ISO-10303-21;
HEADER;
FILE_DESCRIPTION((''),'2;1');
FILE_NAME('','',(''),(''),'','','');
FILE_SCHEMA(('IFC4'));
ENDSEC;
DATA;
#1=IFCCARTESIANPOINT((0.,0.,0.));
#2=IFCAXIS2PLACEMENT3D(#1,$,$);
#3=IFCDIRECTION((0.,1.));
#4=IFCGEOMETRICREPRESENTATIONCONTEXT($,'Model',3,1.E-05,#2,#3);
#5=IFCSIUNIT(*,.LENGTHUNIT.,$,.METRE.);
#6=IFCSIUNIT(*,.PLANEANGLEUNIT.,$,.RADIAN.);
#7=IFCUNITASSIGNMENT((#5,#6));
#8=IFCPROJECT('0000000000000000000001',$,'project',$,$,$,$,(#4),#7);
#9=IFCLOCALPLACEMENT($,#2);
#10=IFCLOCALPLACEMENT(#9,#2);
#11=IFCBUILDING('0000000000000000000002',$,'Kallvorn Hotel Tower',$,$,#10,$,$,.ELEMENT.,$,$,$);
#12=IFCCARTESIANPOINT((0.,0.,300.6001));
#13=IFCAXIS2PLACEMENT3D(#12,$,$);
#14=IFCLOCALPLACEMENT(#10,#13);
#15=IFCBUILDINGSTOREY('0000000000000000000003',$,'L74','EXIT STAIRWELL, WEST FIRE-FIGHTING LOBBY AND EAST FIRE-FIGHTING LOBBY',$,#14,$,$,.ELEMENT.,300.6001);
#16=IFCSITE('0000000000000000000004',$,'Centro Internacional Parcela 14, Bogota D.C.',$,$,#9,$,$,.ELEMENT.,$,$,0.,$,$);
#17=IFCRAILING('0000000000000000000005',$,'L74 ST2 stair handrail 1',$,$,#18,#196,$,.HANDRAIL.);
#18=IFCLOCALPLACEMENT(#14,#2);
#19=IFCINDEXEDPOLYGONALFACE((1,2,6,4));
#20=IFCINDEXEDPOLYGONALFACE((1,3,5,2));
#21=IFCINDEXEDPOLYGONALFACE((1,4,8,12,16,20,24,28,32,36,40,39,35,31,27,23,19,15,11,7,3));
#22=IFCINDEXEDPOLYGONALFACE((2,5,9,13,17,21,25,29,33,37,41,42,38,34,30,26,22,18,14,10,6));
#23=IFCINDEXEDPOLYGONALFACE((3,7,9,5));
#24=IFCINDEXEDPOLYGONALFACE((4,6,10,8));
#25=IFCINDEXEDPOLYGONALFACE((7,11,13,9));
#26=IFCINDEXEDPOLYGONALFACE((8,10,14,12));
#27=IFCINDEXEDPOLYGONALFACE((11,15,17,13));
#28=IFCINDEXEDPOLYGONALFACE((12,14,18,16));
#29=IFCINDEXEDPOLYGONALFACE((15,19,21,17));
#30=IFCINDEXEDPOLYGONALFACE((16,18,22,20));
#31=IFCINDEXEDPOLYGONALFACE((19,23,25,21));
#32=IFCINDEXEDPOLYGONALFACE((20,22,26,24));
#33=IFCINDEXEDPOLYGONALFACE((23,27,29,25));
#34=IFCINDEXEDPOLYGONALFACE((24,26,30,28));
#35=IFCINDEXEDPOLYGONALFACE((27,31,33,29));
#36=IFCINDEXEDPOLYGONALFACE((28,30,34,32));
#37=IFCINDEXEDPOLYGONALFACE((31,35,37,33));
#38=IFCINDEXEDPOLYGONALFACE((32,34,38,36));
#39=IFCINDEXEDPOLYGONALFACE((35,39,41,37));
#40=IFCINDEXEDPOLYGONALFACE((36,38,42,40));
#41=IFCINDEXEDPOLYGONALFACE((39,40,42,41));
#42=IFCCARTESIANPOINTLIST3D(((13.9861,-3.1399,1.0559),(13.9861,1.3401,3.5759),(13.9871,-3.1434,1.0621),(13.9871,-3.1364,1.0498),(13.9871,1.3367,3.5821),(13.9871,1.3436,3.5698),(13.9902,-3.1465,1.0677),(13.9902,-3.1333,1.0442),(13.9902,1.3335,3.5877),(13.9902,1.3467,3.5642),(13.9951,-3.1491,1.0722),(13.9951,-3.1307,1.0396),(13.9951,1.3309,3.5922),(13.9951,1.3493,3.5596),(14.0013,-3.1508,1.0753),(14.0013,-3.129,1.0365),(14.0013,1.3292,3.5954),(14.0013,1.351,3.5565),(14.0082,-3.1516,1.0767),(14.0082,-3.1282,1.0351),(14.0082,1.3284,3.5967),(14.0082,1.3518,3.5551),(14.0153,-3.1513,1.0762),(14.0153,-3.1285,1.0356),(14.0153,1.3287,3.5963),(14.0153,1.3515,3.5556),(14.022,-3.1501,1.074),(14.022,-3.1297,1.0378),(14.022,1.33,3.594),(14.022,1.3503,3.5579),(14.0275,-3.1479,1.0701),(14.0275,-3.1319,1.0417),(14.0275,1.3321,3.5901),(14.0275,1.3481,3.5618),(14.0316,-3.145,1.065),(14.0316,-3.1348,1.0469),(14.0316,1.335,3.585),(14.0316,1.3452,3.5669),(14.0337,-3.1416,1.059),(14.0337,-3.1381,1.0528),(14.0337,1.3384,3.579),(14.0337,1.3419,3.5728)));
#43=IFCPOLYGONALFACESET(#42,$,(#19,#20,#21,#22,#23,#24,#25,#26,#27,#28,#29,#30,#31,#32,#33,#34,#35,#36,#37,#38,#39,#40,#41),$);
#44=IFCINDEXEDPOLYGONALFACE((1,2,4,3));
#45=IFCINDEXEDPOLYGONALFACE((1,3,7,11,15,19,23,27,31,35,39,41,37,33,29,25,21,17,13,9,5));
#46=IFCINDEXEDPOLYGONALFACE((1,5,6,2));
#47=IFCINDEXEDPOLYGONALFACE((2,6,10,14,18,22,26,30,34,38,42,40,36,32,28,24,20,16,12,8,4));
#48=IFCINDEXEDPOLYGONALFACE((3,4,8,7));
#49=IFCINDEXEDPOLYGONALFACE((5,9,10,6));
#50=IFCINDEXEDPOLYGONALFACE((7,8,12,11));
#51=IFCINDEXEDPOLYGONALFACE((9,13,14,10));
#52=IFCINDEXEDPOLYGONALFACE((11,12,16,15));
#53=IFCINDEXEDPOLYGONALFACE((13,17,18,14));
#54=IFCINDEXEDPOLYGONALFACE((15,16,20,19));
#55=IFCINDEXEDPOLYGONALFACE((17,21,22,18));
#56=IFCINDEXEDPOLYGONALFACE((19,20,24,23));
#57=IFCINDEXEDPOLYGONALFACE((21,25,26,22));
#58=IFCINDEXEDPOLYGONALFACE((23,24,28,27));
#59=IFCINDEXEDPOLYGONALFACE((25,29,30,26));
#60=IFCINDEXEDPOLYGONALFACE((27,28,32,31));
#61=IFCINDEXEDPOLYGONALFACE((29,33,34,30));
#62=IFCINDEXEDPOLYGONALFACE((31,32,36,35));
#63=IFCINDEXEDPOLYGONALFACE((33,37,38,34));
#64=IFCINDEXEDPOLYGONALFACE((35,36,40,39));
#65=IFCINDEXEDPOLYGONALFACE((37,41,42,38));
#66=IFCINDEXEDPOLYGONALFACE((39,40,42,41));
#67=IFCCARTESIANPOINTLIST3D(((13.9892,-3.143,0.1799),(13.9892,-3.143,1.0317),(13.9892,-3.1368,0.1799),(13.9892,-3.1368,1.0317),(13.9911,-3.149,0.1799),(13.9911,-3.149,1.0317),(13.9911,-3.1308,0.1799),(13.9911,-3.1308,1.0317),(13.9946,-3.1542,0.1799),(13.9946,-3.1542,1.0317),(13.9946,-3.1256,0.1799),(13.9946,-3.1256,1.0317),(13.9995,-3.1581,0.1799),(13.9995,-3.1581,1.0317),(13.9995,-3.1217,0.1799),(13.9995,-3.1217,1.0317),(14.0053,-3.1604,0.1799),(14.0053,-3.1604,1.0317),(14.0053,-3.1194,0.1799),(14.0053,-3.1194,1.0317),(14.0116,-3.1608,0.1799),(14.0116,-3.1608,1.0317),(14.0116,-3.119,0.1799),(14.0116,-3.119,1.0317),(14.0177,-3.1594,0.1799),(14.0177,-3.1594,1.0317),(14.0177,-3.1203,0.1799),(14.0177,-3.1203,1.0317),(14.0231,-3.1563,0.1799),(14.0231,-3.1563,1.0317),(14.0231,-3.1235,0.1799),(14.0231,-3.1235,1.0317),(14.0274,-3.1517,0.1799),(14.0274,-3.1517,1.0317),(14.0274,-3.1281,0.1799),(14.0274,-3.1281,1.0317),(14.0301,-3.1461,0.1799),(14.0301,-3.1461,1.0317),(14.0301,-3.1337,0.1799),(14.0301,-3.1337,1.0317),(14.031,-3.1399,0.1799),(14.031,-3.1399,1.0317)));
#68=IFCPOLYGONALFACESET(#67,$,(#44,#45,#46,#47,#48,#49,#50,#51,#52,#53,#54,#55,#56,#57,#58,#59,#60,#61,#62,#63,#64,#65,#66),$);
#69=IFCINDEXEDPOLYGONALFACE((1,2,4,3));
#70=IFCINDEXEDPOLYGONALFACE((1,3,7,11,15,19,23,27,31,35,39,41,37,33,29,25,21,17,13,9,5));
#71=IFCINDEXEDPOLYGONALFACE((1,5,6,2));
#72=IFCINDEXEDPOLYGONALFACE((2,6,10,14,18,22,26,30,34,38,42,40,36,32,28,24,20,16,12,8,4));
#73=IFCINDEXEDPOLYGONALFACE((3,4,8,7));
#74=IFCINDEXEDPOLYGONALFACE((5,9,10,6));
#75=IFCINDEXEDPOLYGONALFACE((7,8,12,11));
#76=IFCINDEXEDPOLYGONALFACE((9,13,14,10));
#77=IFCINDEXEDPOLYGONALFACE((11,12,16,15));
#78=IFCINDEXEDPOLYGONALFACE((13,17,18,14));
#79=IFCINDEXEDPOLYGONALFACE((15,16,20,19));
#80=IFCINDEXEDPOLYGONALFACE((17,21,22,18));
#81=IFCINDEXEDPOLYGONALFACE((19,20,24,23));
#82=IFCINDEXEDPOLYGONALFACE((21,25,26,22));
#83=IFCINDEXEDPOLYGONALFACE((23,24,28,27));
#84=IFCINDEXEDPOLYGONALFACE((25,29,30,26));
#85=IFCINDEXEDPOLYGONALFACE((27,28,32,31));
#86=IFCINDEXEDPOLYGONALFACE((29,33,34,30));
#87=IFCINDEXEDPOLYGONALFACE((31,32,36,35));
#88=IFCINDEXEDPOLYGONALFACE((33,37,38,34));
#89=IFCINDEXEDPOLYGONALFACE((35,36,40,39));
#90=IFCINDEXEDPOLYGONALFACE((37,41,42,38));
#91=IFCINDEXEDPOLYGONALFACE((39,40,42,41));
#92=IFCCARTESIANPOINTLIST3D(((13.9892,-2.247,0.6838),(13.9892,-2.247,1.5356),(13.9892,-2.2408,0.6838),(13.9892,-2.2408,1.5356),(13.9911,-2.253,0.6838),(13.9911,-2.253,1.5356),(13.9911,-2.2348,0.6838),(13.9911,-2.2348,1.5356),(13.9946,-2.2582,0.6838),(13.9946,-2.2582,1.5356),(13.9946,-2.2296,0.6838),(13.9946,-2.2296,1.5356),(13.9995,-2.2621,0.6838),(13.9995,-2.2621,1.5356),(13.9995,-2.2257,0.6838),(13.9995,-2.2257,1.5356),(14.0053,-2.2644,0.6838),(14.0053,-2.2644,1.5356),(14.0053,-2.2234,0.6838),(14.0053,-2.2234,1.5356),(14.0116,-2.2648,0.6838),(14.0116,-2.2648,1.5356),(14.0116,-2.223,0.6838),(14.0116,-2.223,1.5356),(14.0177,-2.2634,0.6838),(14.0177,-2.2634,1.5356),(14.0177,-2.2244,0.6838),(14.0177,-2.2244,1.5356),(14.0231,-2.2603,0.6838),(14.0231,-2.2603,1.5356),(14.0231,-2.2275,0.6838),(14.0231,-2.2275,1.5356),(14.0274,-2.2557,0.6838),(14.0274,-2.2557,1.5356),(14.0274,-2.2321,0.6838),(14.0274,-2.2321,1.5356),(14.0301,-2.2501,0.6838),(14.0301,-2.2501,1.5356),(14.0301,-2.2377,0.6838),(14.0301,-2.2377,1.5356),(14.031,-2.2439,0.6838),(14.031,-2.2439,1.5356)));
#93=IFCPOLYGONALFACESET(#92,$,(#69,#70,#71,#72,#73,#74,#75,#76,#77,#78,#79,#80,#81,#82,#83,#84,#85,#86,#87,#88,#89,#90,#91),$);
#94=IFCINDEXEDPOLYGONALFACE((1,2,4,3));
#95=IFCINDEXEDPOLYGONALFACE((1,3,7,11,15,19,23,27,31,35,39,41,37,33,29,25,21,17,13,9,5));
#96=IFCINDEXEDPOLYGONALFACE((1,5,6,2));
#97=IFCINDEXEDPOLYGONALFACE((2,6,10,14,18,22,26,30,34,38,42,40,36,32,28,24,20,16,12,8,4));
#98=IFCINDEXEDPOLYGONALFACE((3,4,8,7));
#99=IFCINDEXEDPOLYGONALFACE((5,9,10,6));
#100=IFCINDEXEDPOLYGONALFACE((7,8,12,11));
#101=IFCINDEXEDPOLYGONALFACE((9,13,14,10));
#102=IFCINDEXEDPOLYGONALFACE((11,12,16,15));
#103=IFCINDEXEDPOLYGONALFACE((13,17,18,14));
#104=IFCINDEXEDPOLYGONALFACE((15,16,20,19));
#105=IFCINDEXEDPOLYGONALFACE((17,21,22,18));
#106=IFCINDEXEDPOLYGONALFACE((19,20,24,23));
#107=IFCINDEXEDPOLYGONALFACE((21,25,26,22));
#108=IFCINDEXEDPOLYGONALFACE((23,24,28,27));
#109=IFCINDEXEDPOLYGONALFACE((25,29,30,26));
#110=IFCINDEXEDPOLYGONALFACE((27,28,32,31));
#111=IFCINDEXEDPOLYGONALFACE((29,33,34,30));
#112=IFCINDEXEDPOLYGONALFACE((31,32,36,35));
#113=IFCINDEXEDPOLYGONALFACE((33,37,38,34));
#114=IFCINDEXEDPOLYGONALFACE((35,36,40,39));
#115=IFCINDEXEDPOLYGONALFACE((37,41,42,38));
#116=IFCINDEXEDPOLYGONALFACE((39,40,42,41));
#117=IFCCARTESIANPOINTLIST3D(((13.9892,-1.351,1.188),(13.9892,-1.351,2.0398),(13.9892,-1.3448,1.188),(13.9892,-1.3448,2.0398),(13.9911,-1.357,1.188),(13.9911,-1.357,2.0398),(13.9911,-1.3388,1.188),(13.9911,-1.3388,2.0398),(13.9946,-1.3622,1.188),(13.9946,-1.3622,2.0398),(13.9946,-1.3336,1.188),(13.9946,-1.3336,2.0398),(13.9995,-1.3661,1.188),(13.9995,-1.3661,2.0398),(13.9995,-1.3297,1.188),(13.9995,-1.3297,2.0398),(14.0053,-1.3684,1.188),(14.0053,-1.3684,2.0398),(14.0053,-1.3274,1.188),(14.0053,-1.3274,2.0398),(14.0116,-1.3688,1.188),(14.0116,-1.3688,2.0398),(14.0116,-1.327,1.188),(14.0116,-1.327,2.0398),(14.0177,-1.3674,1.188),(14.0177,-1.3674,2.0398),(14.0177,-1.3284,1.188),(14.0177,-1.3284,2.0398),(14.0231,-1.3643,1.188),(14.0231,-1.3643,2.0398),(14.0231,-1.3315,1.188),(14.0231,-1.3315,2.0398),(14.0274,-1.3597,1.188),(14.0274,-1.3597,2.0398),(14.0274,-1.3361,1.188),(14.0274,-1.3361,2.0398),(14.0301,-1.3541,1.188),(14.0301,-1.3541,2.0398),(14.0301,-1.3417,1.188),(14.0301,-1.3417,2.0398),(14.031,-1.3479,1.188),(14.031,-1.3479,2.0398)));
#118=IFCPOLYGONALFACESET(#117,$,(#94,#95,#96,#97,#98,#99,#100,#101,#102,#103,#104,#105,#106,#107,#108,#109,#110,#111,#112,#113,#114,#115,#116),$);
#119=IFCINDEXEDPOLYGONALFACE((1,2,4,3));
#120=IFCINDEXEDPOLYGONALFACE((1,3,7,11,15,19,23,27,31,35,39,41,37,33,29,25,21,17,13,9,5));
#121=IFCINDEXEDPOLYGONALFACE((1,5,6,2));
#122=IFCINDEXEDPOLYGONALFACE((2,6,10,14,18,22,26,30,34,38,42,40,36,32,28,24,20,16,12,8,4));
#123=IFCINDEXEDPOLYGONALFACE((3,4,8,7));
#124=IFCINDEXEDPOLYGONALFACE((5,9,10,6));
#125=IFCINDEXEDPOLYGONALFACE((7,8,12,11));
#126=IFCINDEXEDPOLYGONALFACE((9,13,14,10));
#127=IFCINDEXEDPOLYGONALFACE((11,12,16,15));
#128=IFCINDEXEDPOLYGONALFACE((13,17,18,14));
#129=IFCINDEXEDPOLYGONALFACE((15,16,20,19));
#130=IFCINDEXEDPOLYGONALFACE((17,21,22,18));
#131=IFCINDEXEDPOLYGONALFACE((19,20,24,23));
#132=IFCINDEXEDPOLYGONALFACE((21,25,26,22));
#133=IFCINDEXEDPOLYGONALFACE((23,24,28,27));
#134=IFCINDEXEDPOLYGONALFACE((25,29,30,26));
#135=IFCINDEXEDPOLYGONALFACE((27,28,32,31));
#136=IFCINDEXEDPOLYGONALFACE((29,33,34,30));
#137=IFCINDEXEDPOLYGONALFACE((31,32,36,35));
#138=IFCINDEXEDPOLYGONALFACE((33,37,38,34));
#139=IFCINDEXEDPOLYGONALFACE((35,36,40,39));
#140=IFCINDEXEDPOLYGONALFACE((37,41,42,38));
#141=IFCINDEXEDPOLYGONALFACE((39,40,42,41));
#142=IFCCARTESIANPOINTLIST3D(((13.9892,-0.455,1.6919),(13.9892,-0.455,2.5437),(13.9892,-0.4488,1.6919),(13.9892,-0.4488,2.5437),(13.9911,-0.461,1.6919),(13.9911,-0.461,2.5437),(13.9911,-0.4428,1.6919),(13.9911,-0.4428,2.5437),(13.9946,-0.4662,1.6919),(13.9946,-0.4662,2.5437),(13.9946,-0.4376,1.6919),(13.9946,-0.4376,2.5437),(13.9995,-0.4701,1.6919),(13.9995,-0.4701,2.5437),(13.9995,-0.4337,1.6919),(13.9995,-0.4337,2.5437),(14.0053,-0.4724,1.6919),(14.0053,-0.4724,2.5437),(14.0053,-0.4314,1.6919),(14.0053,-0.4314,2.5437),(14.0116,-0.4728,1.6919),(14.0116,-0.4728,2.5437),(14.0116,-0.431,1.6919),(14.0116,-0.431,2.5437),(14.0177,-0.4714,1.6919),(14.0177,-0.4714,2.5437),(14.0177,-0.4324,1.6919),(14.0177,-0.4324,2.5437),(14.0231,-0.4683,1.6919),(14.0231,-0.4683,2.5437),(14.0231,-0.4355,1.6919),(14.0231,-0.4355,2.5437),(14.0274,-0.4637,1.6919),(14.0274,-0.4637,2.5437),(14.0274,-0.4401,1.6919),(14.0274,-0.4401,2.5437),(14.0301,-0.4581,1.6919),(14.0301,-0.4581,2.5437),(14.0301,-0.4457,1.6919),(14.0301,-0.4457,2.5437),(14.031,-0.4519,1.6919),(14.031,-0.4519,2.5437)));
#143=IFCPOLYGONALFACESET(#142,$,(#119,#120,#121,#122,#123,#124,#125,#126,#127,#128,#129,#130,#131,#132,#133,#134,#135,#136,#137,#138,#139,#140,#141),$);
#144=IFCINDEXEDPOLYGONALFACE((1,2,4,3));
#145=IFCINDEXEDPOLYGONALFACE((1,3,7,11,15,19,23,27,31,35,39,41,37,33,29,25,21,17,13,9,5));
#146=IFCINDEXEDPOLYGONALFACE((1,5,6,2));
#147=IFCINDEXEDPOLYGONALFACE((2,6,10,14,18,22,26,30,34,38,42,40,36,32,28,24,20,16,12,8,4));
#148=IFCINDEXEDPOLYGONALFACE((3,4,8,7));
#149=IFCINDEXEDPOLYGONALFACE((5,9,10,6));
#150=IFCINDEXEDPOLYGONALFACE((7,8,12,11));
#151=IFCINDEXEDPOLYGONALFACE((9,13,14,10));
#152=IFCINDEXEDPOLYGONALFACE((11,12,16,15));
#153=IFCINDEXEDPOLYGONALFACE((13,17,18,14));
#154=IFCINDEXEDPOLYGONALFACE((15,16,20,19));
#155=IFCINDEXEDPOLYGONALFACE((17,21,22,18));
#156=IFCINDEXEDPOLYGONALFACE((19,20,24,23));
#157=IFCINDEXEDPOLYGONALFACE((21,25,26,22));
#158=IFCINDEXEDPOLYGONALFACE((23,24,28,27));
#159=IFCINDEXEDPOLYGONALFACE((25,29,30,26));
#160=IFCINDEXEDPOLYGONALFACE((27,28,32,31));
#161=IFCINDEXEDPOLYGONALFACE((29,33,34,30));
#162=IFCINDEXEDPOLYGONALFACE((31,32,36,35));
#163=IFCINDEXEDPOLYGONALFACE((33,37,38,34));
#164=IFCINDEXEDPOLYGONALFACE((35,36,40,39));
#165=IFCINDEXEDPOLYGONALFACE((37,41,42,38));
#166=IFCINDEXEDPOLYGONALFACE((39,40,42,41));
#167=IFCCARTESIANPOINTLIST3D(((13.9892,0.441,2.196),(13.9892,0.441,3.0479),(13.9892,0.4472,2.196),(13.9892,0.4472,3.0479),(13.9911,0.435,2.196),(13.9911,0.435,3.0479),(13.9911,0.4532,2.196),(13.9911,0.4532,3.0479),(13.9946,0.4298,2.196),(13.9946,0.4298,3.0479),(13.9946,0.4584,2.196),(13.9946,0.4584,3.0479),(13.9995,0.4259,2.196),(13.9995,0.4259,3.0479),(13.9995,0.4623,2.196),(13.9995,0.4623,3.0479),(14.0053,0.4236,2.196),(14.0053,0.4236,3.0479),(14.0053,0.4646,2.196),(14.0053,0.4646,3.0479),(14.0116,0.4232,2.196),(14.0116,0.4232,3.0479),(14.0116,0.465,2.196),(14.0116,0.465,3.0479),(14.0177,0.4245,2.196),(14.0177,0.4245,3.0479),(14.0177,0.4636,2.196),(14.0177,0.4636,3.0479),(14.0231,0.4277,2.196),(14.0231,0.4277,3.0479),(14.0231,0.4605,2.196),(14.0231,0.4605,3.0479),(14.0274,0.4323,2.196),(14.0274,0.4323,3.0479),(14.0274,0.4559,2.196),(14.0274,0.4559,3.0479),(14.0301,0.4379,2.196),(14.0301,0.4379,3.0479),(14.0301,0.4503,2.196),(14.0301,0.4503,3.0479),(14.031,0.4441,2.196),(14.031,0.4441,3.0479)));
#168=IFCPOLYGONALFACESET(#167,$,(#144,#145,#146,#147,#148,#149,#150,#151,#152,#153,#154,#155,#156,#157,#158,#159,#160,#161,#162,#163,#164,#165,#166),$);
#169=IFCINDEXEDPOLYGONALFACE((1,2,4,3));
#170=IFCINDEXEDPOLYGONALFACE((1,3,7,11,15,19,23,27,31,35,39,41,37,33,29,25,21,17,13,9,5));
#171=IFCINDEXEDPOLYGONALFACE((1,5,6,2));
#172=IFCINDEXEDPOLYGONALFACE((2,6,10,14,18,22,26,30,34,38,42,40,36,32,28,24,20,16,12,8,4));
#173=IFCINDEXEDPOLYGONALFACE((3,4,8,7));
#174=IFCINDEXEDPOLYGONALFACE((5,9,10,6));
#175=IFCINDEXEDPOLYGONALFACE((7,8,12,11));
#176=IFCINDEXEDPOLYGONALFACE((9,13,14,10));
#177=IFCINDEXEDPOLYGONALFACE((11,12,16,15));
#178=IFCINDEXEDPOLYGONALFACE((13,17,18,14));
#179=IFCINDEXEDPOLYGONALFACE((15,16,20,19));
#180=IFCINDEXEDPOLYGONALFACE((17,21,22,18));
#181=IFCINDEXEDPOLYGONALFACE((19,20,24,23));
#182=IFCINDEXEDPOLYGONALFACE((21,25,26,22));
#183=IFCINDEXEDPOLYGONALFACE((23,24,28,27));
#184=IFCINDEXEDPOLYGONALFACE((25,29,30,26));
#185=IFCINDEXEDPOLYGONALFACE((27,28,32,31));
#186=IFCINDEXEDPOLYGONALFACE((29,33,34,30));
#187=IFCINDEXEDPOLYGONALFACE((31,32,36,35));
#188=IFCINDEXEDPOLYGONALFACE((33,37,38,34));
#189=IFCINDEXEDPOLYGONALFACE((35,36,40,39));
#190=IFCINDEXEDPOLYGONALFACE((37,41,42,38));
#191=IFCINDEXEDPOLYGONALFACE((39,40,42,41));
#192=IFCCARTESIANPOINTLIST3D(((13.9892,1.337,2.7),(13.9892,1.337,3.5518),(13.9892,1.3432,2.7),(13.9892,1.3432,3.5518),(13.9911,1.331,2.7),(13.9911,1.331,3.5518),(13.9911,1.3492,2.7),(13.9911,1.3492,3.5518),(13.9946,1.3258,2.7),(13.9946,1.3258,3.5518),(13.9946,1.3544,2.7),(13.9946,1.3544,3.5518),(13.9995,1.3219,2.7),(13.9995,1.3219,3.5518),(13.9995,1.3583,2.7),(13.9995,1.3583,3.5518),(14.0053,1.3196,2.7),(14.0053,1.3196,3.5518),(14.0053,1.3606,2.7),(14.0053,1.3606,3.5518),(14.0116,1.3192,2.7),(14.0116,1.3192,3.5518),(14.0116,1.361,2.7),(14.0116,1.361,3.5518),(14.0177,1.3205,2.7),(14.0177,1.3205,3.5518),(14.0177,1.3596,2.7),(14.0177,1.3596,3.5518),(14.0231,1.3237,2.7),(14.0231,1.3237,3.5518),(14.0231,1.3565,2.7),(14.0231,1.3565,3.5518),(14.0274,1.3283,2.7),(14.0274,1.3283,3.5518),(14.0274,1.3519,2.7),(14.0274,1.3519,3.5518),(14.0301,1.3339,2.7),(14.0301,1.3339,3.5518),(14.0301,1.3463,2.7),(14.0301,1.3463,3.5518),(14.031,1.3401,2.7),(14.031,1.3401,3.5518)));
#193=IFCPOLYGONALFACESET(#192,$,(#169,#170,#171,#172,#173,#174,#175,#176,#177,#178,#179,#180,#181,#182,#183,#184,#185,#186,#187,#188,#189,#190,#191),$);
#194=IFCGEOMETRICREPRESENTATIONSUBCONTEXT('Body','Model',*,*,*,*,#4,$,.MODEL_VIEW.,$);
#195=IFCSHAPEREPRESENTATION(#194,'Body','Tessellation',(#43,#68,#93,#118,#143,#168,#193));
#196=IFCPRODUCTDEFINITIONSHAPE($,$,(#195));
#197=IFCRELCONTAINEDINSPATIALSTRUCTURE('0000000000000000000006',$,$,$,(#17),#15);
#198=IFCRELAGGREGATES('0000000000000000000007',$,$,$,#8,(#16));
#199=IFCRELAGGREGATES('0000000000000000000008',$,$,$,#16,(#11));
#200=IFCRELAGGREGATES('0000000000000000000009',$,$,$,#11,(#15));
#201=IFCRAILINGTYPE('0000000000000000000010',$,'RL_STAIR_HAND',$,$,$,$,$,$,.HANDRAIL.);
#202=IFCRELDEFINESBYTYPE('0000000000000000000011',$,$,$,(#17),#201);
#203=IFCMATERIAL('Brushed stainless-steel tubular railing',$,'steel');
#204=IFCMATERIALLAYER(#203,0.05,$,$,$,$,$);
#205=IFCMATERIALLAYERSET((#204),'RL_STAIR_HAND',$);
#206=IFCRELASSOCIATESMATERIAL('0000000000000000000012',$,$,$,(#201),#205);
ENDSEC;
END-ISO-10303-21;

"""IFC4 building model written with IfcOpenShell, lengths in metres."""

from ifc_helpers import new_model, si_unit, direction, frame, origin, origin_2d, place, context, subcontext, project, spatial, circle, extrude, material, layer, layer_set, type_object, element, save


model = new_model("IFC4")

# Units and contexts
model_context = context("Model", 3, precision=1e-05, world=origin(), true_north=direction((0.0, 1.0)))
body_context = subcontext(model_context, "Body", "Model", "MODEL_VIEW")
ifc_project = project(units=[si_unit("LENGTHUNIT", "METRE"), si_unit("PLANEANGLEUNIT", "RADIAN")], contexts=[model_context])

# Site, building, storey
site_placement = place(None, origin())
site = spatial("IfcSite", under=ifc_project, at=site_placement, Name="Centro Internacional Parcela 14, Bogota D.C.", CompositionType="ELEMENT", RefElevation=0.0)
building_placement = place(site_placement, origin())
building = spatial("IfcBuilding", under=site, at=building_placement, Name="Kallvorn Hotel Tower", CompositionType="ELEMENT")
storey_placement = place(building_placement, frame((0.0, 0.0, 300.6001)))
storey = spatial("IfcBuildingStorey", under=building, at=storey_placement, Name="L74", Description="EXIT STAIRWELL, WEST FIRE-FIGHTING LOBBY AND EAST FIRE-FIGHTING LOBBY", CompositionType="ELEMENT", Elevation=300.6001)

# Railing
ifc_material_1 = material(Name="Brushed stainless-steel tubular railing", Category="steel")
ifc_layer_1 = layer(ifc_material_1, 0.05)
ifc_layer_set_1 = layer_set([ifc_layer_1], Name="RL_STAIR_HAND")
railing_type_1 = type_object("IfcRailingType", Name="RL_STAIR_HAND", PredefinedType="HANDRAIL", material=ifc_layer_set_1)
railing_1_placement = place(storey_placement, frame((14.01, -3.1399, 0.1799)))
element("IfcRailing", 1, at=railing_1_placement, inside=storey, type_object=railing_type_1, Name="L74 ST2 stair handrail 1", PredefinedType="HANDRAIL", context=body_context, shape_type="SweptSolid", body=[
    extrude(circle(Radius=0.0239, at=origin_2d()), frame((0.0, 0.0, 0.876), z_axis=(0.0, 0.871573, 0.490266), x_axis=(-1.0, 0.0, 0.0)), (0.0, 0.0, 1.0), 5.1401),
    extrude(circle(Radius=0.021, at=origin_2d()), origin(), (0.0, 0.0, 1.0), 0.8518),
    extrude(circle(Radius=0.021, at=origin_2d()), frame((0.0, 0.896, 0.5039)), (0.0, 0.0, 1.0), 0.8518),
    extrude(circle(Radius=0.021, at=origin_2d()), frame((0.0, 1.792, 1.0081)), (0.0, 0.0, 1.0), 0.8518),
    extrude(circle(Radius=0.021, at=origin_2d()), frame((0.0, 2.688, 1.512)), (0.0, 0.0, 1.0), 0.8518),
    extrude(circle(Radius=0.021, at=origin_2d()), frame((0.0, 3.584, 2.0161)), (0.0, 0.0, 1.0), 0.8518),
    extrude(circle(Radius=0.021, at=origin_2d()), frame((0.0, 4.48, 2.52)), (0.0, 0.0, 1.0), 0.8518),
])

save(model, "model.ifc")
